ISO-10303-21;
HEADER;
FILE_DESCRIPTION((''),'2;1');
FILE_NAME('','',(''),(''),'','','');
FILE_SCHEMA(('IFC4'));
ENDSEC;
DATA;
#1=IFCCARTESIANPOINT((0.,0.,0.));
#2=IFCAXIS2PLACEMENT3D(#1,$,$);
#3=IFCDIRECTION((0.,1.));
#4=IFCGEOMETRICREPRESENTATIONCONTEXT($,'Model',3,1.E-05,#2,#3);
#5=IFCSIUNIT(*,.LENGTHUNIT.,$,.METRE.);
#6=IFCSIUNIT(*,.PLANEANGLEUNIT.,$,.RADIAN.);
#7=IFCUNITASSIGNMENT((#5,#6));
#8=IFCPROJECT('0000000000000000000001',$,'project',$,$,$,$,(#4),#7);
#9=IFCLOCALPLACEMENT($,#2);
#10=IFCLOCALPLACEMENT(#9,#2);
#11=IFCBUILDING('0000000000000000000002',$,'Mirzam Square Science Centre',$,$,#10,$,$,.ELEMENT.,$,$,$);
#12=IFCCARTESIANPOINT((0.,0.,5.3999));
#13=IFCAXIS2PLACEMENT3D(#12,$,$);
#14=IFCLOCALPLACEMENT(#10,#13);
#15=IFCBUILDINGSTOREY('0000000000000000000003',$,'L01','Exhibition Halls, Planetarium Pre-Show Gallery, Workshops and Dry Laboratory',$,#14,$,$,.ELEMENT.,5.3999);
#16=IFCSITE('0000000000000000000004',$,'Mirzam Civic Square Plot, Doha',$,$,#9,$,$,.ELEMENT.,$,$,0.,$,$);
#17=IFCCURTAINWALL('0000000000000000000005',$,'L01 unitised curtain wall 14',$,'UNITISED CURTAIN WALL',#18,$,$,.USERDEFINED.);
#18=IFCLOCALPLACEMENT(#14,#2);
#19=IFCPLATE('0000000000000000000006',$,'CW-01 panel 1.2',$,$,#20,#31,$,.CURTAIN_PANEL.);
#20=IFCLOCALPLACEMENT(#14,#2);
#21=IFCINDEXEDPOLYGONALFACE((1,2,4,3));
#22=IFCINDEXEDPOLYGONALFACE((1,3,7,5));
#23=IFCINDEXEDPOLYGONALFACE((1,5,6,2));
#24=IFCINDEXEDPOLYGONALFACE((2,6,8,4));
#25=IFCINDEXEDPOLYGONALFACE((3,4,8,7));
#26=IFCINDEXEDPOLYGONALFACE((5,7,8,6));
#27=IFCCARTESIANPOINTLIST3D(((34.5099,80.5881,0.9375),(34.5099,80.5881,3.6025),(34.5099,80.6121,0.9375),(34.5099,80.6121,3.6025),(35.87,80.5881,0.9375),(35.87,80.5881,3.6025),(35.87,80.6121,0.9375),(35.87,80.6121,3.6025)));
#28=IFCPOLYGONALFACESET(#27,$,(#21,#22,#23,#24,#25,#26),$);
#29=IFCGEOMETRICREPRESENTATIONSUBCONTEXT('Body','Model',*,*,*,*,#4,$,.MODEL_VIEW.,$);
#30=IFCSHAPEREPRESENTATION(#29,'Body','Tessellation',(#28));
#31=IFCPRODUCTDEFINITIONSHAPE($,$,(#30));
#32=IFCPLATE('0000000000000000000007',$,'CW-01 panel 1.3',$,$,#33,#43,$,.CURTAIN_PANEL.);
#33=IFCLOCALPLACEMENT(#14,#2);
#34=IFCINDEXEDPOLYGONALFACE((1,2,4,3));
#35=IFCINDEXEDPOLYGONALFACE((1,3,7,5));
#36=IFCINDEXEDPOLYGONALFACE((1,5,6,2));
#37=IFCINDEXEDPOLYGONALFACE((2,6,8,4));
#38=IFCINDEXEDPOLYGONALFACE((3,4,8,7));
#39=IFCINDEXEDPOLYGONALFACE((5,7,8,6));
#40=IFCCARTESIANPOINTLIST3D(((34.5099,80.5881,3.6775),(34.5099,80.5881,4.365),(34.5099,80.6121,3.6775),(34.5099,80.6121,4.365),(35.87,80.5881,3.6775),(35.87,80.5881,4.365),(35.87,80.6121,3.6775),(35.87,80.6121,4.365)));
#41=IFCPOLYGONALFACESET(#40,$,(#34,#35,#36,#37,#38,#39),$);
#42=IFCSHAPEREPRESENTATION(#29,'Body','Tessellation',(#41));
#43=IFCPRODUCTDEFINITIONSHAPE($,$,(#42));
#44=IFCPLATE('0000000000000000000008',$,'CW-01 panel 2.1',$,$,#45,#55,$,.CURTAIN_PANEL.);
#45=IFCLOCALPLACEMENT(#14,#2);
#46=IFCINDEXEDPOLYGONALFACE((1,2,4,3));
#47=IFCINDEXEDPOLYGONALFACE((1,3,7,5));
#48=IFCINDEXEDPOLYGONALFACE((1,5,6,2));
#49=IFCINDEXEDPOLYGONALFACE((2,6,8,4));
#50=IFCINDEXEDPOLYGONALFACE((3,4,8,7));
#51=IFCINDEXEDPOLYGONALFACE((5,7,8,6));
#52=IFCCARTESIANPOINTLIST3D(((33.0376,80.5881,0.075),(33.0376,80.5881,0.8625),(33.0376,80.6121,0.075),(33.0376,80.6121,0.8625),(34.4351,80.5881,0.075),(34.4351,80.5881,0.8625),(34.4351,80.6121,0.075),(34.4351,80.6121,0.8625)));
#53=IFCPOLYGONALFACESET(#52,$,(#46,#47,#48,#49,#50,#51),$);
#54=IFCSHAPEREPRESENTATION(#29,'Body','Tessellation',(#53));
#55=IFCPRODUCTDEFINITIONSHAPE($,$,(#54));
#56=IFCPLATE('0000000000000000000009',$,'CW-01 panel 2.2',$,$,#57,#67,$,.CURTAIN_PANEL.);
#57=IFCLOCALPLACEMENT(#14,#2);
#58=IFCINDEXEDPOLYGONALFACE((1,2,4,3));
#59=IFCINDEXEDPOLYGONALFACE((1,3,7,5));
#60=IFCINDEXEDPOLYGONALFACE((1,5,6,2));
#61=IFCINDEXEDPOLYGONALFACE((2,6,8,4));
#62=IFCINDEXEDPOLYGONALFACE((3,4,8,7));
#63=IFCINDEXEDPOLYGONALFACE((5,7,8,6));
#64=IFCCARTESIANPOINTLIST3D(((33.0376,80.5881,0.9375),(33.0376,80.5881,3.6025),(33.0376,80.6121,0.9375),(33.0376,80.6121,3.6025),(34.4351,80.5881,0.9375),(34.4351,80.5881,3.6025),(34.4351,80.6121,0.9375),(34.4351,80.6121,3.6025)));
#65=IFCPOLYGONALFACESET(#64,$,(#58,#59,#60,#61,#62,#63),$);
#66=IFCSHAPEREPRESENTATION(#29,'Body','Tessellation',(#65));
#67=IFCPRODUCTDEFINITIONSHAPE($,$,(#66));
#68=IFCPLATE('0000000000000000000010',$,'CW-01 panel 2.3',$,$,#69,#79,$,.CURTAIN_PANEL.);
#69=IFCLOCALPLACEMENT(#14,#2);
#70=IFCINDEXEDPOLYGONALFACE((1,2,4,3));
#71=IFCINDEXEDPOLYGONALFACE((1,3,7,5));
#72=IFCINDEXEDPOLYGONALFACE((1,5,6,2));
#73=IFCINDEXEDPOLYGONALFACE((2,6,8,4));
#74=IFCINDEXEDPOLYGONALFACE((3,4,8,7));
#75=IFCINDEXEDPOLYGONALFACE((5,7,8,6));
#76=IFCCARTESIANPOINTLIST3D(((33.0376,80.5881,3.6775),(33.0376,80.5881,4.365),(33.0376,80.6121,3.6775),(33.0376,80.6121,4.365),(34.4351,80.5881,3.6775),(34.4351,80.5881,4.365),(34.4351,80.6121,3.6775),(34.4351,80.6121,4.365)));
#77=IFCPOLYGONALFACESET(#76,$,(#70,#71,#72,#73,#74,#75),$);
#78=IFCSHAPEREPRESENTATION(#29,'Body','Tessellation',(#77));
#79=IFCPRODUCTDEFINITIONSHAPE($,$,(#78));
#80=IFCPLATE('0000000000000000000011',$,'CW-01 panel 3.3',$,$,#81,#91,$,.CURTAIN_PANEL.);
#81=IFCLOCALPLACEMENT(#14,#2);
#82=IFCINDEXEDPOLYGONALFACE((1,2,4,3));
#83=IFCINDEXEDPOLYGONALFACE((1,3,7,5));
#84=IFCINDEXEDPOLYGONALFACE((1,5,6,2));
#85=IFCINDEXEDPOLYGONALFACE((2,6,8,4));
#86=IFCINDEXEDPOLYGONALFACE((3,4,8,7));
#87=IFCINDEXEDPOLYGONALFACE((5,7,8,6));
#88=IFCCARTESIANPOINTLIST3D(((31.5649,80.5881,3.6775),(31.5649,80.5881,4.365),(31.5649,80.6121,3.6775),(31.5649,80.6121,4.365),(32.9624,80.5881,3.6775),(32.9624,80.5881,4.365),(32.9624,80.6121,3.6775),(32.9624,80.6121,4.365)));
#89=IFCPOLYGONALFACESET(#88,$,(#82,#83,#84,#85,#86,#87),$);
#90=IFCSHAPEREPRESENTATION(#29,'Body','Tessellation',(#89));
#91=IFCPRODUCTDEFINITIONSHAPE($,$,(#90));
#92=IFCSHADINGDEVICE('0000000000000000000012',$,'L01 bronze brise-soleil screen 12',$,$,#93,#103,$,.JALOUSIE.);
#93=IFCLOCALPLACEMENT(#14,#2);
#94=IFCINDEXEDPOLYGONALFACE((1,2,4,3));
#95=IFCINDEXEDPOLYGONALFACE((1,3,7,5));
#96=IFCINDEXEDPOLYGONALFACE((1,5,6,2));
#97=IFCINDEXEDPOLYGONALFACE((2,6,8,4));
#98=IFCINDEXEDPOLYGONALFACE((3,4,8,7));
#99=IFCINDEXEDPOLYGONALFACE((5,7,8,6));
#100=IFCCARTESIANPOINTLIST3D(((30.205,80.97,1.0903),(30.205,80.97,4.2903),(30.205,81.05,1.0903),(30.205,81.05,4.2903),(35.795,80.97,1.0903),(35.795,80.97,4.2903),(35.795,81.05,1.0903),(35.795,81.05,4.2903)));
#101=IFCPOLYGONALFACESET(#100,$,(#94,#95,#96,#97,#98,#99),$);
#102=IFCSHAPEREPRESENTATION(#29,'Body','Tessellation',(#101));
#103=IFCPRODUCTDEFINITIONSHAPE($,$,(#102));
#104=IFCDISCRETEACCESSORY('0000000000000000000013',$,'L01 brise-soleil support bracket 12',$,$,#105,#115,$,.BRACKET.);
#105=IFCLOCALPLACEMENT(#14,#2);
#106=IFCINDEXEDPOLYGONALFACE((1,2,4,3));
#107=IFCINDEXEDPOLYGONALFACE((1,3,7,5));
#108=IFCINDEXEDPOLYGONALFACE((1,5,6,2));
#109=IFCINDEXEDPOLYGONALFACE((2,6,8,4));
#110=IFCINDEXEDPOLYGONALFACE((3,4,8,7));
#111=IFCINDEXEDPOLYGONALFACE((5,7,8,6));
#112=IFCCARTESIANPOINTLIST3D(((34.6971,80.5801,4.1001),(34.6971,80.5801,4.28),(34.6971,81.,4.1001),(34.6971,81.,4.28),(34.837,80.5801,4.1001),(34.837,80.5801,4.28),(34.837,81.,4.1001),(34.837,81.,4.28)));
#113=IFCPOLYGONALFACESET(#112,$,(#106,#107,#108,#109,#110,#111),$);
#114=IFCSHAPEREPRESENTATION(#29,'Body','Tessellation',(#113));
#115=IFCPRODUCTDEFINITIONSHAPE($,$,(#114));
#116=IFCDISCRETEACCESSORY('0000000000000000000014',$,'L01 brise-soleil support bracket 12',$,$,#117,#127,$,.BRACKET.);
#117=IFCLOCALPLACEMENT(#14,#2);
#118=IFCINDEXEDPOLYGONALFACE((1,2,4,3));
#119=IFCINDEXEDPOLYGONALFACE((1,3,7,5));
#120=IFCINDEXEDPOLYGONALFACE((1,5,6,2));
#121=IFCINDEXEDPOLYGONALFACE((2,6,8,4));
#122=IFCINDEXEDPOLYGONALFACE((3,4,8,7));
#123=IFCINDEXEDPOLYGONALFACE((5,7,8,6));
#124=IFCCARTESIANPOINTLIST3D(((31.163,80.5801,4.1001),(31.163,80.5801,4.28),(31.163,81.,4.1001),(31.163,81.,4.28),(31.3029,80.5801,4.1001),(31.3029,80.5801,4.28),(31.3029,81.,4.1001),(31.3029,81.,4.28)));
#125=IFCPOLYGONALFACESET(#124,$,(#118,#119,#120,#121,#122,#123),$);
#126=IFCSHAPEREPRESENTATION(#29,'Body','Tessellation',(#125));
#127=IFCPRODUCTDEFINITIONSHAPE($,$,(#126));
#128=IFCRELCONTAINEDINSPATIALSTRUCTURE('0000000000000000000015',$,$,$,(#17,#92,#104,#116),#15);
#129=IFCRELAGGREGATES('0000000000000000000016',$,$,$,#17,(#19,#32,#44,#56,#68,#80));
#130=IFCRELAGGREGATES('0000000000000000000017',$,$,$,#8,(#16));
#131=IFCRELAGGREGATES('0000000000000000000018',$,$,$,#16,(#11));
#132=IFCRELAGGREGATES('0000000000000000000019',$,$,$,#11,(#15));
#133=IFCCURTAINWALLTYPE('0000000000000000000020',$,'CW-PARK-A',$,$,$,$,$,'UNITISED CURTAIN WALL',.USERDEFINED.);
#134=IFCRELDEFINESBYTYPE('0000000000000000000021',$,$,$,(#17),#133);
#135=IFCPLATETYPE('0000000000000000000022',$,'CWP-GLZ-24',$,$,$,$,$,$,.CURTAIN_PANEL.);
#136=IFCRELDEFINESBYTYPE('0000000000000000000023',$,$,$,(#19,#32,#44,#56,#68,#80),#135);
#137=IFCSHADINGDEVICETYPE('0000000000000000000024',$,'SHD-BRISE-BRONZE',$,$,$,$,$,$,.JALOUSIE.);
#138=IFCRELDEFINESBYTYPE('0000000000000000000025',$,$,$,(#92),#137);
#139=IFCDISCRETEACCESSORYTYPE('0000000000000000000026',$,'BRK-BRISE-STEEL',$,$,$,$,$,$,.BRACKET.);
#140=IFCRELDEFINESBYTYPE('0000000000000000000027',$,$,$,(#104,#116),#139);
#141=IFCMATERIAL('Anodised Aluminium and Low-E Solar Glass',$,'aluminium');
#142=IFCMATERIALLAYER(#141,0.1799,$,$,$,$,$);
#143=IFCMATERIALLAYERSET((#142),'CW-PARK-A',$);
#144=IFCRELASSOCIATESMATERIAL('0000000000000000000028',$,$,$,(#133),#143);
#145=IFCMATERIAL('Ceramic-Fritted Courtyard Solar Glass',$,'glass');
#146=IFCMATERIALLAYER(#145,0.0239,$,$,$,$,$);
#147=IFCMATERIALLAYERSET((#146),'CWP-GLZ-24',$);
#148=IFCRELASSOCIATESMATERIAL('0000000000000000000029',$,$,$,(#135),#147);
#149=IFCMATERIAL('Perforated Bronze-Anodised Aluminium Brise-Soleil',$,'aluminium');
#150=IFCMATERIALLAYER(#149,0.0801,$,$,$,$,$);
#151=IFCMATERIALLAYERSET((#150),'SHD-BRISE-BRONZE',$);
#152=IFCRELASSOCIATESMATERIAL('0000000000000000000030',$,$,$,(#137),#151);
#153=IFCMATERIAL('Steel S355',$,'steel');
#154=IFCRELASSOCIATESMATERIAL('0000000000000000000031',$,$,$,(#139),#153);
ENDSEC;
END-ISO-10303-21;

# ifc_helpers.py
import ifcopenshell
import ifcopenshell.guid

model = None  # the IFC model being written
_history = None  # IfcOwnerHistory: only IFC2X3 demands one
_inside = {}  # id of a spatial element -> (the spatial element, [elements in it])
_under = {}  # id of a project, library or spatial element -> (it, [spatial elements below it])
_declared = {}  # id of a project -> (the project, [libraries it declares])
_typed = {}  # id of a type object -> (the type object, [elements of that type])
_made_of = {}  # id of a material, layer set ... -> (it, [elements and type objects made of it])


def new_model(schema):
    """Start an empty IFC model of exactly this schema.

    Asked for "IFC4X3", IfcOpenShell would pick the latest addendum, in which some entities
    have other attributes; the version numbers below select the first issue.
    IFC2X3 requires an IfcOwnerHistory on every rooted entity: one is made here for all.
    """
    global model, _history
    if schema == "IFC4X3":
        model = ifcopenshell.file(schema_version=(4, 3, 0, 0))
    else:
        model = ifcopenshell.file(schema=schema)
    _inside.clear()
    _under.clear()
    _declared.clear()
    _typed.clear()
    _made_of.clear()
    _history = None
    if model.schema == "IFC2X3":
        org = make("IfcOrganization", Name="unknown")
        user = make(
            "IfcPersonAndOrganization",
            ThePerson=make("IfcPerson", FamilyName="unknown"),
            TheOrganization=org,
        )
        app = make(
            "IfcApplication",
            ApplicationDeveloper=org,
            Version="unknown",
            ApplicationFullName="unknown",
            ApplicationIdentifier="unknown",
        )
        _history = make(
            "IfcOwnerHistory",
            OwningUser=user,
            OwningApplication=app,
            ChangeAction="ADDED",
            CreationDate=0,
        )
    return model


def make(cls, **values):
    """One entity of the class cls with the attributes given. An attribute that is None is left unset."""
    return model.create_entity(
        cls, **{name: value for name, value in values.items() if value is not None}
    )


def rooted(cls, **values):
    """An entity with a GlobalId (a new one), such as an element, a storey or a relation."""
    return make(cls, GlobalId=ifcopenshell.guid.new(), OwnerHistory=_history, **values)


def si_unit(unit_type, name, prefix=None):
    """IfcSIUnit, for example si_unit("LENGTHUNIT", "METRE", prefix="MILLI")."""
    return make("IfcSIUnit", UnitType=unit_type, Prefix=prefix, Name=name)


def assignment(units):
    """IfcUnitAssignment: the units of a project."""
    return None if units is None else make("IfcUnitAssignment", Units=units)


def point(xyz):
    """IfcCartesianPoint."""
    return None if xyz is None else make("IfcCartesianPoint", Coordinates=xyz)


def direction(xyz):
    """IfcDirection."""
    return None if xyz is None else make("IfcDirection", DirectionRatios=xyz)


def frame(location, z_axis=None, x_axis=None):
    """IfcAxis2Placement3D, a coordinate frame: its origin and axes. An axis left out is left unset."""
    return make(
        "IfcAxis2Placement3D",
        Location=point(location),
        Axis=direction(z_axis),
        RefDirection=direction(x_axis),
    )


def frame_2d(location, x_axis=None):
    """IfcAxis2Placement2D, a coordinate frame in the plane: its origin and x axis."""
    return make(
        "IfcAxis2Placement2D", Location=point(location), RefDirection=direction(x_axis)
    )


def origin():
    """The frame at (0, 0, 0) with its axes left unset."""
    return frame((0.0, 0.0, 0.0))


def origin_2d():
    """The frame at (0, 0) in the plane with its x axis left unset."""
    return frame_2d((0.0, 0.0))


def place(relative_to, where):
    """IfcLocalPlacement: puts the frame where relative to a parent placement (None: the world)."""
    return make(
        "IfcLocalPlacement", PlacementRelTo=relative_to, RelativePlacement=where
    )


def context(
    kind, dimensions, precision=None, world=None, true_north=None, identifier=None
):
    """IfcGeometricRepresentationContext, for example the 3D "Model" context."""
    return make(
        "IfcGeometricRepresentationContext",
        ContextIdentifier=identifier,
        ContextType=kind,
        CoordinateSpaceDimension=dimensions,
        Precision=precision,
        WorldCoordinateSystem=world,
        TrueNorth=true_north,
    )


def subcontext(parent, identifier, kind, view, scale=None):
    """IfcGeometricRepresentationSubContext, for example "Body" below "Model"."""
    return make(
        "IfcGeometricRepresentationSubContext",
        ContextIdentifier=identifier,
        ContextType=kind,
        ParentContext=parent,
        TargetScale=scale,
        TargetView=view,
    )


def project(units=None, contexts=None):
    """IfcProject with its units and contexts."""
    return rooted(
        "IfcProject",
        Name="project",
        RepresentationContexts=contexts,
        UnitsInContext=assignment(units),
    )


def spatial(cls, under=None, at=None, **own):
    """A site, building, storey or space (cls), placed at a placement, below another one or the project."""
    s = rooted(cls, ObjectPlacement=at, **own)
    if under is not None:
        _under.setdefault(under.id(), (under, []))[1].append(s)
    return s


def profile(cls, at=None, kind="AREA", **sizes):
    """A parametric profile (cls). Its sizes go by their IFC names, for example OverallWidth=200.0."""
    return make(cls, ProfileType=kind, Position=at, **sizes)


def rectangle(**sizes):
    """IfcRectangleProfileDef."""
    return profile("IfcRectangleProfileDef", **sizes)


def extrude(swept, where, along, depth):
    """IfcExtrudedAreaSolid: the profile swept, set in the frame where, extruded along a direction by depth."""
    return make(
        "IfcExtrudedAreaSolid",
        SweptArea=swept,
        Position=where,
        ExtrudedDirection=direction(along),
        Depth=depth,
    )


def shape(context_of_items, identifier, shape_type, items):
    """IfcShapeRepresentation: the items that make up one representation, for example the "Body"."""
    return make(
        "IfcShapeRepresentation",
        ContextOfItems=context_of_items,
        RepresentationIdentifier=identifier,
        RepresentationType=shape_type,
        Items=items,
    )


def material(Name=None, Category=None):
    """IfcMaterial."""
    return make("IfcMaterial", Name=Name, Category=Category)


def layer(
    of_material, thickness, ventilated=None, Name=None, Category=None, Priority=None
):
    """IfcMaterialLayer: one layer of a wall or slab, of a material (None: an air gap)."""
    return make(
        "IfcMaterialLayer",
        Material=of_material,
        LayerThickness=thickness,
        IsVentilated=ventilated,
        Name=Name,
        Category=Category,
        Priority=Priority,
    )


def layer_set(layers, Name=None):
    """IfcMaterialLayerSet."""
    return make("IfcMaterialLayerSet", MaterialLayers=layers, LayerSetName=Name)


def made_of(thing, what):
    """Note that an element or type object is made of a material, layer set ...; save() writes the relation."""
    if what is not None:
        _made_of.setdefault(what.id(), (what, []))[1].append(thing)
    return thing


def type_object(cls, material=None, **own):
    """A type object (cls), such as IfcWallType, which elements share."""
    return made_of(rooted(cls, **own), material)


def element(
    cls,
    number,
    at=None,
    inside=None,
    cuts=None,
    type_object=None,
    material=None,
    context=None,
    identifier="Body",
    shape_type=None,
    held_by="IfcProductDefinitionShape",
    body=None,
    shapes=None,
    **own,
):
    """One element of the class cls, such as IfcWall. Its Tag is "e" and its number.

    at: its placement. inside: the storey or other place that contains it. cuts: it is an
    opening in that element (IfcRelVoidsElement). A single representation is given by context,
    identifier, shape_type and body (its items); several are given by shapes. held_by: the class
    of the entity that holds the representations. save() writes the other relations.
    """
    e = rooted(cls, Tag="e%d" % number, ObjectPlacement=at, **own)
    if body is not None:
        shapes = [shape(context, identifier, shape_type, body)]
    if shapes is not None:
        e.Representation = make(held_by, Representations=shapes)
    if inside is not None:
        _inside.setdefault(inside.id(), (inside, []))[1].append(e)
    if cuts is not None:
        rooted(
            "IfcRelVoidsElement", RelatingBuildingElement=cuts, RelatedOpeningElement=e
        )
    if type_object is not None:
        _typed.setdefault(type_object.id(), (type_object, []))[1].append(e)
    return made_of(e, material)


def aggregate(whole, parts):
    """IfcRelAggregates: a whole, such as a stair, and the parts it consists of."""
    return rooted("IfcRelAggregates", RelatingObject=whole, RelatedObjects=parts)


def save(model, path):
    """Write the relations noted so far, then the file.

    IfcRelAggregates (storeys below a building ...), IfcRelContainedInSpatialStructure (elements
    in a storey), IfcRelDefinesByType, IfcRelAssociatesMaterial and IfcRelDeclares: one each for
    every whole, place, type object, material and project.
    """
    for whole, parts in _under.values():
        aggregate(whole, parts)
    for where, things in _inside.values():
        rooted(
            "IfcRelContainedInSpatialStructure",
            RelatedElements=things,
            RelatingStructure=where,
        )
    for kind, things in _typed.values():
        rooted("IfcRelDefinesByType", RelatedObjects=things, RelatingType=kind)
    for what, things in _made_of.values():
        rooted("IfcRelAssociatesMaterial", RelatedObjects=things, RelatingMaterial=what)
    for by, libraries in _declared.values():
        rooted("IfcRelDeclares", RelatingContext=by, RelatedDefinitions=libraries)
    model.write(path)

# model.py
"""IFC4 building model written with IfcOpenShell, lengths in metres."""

from ifc_helpers import new_model, si_unit, direction, frame, origin, origin_2d, place, context, subcontext, project, spatial, rectangle, extrude, material, layer, layer_set, type_object, element, aggregate, save


model = new_model("IFC4")

# Units and contexts
model_context = context("Model", 3, precision=1e-05, world=origin(), true_north=direction((0.0, 1.0)))
body_context = subcontext(model_context, "Body", "Model", "MODEL_VIEW")
ifc_project = project(units=[si_unit("LENGTHUNIT", "METRE"), si_unit("PLANEANGLEUNIT", "RADIAN")], contexts=[model_context])

# Site, building, storey
site_placement = place(None, origin())
site = spatial("IfcSite", under=ifc_project, at=site_placement, Name="Mirzam Civic Square Plot, Doha", CompositionType="ELEMENT", RefElevation=0.0)
building_placement = place(site_placement, origin())
building = spatial("IfcBuilding", under=site, at=building_placement, Name="Mirzam Square Science Centre", CompositionType="ELEMENT")
storey_placement = place(building_placement, frame((0.0, 0.0, 5.3999)))
storey = spatial("IfcBuildingStorey", under=building, at=storey_placement, Name="L01", Description="Exhibition Halls, Planetarium Pre-Show Gallery, Workshops and Dry Laboratory", CompositionType="ELEMENT", Elevation=5.3999)

# Curtain wall, plates
ifc_material_1 = material(Name="Anodised Aluminium and Low-E Solar Glass", Category="aluminium")
ifc_layer_1 = layer(ifc_material_1, 0.1799)
ifc_layer_set_1 = layer_set([ifc_layer_1], Name="CW-PARK-A")
curtain_wall_type = type_object("IfcCurtainWallType", Name="CW-PARK-A", ElementType="UNITISED CURTAIN WALL", PredefinedType="USERDEFINED", material=ifc_layer_set_1)
curtain_wall_placement = place(storey_placement, origin())
curtain_wall = element("IfcCurtainWall", 1, at=curtain_wall_placement, inside=storey, type_object=curtain_wall_type, Name="L01 unitised curtain wall 14", ObjectType="UNITISED CURTAIN WALL", PredefinedType="USERDEFINED")
ifc_material_2 = material(Name="Ceramic-Fritted Courtyard Solar Glass", Category="glass")
ifc_layer_2 = layer(ifc_material_2, 0.0239)
ifc_layer_set_2 = layer_set([ifc_layer_2], Name="CWP-GLZ-24")
plate_type = type_object("IfcPlateType", Name="CWP-GLZ-24", PredefinedType="CURTAIN_PANEL", material=ifc_layer_set_2)
plate_1_placement = place(storey_placement, frame((35.1899, 80.6001, 0.9375), z_axis=(0.0, 0.0, 1.0), x_axis=(-1.0, 0.0, 0.0)))
plate_1 = element("IfcPlate", 2, at=plate_1_placement, type_object=plate_type, Name="CW-01 panel 1.2", PredefinedType="CURTAIN_PANEL", context=body_context, shape_type="SweptSolid", body=[
    extrude(rectangle(XDim=1.3601, YDim=0.0239, at=origin_2d()), origin(), (0.0, 0.0, 1.0), 2.665),
])
plate_2_placement = place(storey_placement, frame((35.1899, 80.6001, 3.6775), z_axis=(0.0, 0.0, 1.0), x_axis=(-1.0, 0.0, 0.0)))
plate_2 = element("IfcPlate", 3, at=plate_2_placement, type_object=plate_type, Name="CW-01 panel 1.3", PredefinedType="CURTAIN_PANEL", context=body_context, shape_type="SweptSolid", body=[
    extrude(rectangle(XDim=1.3601, YDim=0.0239, at=origin_2d()), origin(), (0.0, 0.0, 1.0), 0.6875),
])
plate_3_placement = place(storey_placement, frame((33.7363, 80.6001, 0.075), z_axis=(0.0, 0.0, 1.0), x_axis=(-1.0, 0.0, 0.0)))
plate_3 = element("IfcPlate", 4, at=plate_3_placement, type_object=plate_type, Name="CW-01 panel 2.1", PredefinedType="CURTAIN_PANEL", context=body_context, shape_type="SweptSolid", body=[
    extrude(rectangle(XDim=1.3975, YDim=0.0239, at=origin_2d()), origin(), (0.0, 0.0, 1.0), 0.7876),
])
plate_4_placement = place(storey_placement, frame((33.7363, 80.6001, 0.9375), z_axis=(0.0, 0.0, 1.0), x_axis=(-1.0, 0.0, 0.0)))
plate_4 = element("IfcPlate", 5, at=plate_4_placement, type_object=plate_type, Name="CW-01 panel 2.2", PredefinedType="CURTAIN_PANEL", context=body_context, shape_type="SweptSolid", body=[
    extrude(rectangle(XDim=1.3975, YDim=0.0239, at=origin_2d()), origin(), (0.0, 0.0, 1.0), 2.665),
])
plate_5_placement = place(storey_placement, frame((33.7363, 80.6001, 3.6775), z_axis=(0.0, 0.0, 1.0), x_axis=(-1.0, 0.0, 0.0)))
plate_5 = element("IfcPlate", 6, at=plate_5_placement, type_object=plate_type, Name="CW-01 panel 2.3", PredefinedType="CURTAIN_PANEL", context=body_context, shape_type="SweptSolid", body=[
    extrude(rectangle(XDim=1.3975, YDim=0.0239, at=origin_2d()), origin(), (0.0, 0.0, 1.0), 0.6875),
])
plate_6_placement = place(storey_placement, frame((32.2637, 80.6001, 3.6775), z_axis=(0.0, 0.0, 1.0), x_axis=(-1.0, 0.0, 0.0)))
plate_6 = element("IfcPlate", 7, at=plate_6_placement, type_object=plate_type, Name="CW-01 panel 3.3", PredefinedType="CURTAIN_PANEL", context=body_context, shape_type="SweptSolid", body=[
    extrude(rectangle(XDim=1.3975, YDim=0.0239, at=origin_2d()), origin(), (0.0, 0.0, 1.0), 0.6875),
])
aggregate(curtain_wall, [plate_1, plate_2, plate_3, plate_4, plate_5, plate_6])

# Shading device
ifc_material_3 = material(Name="Perforated Bronze-Anodised Aluminium Brise-Soleil", Category="aluminium")
ifc_layer_3 = layer(ifc_material_3, 0.0801)
ifc_layer_set_3 = layer_set([ifc_layer_3], Name="SHD-BRISE-BRONZE")
shading_device_type = type_object("IfcShadingDeviceType", Name="SHD-BRISE-BRONZE", PredefinedType="JALOUSIE", material=ifc_layer_set_3)
shading_device_placement = place(storey_placement, frame((33.0, 81.01, 1.0903), z_axis=(0.0, 0.0, 1.0), x_axis=(-1.0, 0.0, 0.0)))
element("IfcShadingDevice", 8, at=shading_device_placement, inside=storey, type_object=shading_device_type, Name="L01 bronze brise-soleil screen 12", PredefinedType="JALOUSIE", context=body_context, shape_type="SweptSolid", body=[
    extrude(rectangle(XDim=5.5901, YDim=0.0801, at=origin_2d()), origin(), (0.0, 0.0, 1.0), 3.2),
])

# Discrete accessories
ifc_material_4 = material(Name="Steel S355", Category="steel")
discrete_accessory_type = type_object("IfcDiscreteAccessoryType", Name="BRK-BRISE-STEEL", PredefinedType="BRACKET", material=ifc_material_4)
for number, where, z_axis, x_axis, name in (
    (9, (34.7671, 80.79, 4.1001), (0.0, 0.0, 1.0), (-1.0, 0.0, 0.0), "L01 brise-soleil support bracket 12"),
    (10, (31.2329, 80.79, 4.1001), (0.0, 0.0, 1.0), (-1.0, 0.0, 0.0), "L01 brise-soleil support bracket 12"),
):
    element("IfcDiscreteAccessory", number, at=place(storey_placement, frame(where, z_axis=z_axis, x_axis=x_axis)), inside=storey, type_object=discrete_accessory_type, Name=name, PredefinedType="BRACKET", context=body_context, shape_type="SweptSolid", body=[
        extrude(rectangle(XDim=0.1399, YDim=0.4199, at=origin_2d()), origin(), (0.0, 0.0, 1.0), 0.1799),
    ])

save(model, "model.ifc")
